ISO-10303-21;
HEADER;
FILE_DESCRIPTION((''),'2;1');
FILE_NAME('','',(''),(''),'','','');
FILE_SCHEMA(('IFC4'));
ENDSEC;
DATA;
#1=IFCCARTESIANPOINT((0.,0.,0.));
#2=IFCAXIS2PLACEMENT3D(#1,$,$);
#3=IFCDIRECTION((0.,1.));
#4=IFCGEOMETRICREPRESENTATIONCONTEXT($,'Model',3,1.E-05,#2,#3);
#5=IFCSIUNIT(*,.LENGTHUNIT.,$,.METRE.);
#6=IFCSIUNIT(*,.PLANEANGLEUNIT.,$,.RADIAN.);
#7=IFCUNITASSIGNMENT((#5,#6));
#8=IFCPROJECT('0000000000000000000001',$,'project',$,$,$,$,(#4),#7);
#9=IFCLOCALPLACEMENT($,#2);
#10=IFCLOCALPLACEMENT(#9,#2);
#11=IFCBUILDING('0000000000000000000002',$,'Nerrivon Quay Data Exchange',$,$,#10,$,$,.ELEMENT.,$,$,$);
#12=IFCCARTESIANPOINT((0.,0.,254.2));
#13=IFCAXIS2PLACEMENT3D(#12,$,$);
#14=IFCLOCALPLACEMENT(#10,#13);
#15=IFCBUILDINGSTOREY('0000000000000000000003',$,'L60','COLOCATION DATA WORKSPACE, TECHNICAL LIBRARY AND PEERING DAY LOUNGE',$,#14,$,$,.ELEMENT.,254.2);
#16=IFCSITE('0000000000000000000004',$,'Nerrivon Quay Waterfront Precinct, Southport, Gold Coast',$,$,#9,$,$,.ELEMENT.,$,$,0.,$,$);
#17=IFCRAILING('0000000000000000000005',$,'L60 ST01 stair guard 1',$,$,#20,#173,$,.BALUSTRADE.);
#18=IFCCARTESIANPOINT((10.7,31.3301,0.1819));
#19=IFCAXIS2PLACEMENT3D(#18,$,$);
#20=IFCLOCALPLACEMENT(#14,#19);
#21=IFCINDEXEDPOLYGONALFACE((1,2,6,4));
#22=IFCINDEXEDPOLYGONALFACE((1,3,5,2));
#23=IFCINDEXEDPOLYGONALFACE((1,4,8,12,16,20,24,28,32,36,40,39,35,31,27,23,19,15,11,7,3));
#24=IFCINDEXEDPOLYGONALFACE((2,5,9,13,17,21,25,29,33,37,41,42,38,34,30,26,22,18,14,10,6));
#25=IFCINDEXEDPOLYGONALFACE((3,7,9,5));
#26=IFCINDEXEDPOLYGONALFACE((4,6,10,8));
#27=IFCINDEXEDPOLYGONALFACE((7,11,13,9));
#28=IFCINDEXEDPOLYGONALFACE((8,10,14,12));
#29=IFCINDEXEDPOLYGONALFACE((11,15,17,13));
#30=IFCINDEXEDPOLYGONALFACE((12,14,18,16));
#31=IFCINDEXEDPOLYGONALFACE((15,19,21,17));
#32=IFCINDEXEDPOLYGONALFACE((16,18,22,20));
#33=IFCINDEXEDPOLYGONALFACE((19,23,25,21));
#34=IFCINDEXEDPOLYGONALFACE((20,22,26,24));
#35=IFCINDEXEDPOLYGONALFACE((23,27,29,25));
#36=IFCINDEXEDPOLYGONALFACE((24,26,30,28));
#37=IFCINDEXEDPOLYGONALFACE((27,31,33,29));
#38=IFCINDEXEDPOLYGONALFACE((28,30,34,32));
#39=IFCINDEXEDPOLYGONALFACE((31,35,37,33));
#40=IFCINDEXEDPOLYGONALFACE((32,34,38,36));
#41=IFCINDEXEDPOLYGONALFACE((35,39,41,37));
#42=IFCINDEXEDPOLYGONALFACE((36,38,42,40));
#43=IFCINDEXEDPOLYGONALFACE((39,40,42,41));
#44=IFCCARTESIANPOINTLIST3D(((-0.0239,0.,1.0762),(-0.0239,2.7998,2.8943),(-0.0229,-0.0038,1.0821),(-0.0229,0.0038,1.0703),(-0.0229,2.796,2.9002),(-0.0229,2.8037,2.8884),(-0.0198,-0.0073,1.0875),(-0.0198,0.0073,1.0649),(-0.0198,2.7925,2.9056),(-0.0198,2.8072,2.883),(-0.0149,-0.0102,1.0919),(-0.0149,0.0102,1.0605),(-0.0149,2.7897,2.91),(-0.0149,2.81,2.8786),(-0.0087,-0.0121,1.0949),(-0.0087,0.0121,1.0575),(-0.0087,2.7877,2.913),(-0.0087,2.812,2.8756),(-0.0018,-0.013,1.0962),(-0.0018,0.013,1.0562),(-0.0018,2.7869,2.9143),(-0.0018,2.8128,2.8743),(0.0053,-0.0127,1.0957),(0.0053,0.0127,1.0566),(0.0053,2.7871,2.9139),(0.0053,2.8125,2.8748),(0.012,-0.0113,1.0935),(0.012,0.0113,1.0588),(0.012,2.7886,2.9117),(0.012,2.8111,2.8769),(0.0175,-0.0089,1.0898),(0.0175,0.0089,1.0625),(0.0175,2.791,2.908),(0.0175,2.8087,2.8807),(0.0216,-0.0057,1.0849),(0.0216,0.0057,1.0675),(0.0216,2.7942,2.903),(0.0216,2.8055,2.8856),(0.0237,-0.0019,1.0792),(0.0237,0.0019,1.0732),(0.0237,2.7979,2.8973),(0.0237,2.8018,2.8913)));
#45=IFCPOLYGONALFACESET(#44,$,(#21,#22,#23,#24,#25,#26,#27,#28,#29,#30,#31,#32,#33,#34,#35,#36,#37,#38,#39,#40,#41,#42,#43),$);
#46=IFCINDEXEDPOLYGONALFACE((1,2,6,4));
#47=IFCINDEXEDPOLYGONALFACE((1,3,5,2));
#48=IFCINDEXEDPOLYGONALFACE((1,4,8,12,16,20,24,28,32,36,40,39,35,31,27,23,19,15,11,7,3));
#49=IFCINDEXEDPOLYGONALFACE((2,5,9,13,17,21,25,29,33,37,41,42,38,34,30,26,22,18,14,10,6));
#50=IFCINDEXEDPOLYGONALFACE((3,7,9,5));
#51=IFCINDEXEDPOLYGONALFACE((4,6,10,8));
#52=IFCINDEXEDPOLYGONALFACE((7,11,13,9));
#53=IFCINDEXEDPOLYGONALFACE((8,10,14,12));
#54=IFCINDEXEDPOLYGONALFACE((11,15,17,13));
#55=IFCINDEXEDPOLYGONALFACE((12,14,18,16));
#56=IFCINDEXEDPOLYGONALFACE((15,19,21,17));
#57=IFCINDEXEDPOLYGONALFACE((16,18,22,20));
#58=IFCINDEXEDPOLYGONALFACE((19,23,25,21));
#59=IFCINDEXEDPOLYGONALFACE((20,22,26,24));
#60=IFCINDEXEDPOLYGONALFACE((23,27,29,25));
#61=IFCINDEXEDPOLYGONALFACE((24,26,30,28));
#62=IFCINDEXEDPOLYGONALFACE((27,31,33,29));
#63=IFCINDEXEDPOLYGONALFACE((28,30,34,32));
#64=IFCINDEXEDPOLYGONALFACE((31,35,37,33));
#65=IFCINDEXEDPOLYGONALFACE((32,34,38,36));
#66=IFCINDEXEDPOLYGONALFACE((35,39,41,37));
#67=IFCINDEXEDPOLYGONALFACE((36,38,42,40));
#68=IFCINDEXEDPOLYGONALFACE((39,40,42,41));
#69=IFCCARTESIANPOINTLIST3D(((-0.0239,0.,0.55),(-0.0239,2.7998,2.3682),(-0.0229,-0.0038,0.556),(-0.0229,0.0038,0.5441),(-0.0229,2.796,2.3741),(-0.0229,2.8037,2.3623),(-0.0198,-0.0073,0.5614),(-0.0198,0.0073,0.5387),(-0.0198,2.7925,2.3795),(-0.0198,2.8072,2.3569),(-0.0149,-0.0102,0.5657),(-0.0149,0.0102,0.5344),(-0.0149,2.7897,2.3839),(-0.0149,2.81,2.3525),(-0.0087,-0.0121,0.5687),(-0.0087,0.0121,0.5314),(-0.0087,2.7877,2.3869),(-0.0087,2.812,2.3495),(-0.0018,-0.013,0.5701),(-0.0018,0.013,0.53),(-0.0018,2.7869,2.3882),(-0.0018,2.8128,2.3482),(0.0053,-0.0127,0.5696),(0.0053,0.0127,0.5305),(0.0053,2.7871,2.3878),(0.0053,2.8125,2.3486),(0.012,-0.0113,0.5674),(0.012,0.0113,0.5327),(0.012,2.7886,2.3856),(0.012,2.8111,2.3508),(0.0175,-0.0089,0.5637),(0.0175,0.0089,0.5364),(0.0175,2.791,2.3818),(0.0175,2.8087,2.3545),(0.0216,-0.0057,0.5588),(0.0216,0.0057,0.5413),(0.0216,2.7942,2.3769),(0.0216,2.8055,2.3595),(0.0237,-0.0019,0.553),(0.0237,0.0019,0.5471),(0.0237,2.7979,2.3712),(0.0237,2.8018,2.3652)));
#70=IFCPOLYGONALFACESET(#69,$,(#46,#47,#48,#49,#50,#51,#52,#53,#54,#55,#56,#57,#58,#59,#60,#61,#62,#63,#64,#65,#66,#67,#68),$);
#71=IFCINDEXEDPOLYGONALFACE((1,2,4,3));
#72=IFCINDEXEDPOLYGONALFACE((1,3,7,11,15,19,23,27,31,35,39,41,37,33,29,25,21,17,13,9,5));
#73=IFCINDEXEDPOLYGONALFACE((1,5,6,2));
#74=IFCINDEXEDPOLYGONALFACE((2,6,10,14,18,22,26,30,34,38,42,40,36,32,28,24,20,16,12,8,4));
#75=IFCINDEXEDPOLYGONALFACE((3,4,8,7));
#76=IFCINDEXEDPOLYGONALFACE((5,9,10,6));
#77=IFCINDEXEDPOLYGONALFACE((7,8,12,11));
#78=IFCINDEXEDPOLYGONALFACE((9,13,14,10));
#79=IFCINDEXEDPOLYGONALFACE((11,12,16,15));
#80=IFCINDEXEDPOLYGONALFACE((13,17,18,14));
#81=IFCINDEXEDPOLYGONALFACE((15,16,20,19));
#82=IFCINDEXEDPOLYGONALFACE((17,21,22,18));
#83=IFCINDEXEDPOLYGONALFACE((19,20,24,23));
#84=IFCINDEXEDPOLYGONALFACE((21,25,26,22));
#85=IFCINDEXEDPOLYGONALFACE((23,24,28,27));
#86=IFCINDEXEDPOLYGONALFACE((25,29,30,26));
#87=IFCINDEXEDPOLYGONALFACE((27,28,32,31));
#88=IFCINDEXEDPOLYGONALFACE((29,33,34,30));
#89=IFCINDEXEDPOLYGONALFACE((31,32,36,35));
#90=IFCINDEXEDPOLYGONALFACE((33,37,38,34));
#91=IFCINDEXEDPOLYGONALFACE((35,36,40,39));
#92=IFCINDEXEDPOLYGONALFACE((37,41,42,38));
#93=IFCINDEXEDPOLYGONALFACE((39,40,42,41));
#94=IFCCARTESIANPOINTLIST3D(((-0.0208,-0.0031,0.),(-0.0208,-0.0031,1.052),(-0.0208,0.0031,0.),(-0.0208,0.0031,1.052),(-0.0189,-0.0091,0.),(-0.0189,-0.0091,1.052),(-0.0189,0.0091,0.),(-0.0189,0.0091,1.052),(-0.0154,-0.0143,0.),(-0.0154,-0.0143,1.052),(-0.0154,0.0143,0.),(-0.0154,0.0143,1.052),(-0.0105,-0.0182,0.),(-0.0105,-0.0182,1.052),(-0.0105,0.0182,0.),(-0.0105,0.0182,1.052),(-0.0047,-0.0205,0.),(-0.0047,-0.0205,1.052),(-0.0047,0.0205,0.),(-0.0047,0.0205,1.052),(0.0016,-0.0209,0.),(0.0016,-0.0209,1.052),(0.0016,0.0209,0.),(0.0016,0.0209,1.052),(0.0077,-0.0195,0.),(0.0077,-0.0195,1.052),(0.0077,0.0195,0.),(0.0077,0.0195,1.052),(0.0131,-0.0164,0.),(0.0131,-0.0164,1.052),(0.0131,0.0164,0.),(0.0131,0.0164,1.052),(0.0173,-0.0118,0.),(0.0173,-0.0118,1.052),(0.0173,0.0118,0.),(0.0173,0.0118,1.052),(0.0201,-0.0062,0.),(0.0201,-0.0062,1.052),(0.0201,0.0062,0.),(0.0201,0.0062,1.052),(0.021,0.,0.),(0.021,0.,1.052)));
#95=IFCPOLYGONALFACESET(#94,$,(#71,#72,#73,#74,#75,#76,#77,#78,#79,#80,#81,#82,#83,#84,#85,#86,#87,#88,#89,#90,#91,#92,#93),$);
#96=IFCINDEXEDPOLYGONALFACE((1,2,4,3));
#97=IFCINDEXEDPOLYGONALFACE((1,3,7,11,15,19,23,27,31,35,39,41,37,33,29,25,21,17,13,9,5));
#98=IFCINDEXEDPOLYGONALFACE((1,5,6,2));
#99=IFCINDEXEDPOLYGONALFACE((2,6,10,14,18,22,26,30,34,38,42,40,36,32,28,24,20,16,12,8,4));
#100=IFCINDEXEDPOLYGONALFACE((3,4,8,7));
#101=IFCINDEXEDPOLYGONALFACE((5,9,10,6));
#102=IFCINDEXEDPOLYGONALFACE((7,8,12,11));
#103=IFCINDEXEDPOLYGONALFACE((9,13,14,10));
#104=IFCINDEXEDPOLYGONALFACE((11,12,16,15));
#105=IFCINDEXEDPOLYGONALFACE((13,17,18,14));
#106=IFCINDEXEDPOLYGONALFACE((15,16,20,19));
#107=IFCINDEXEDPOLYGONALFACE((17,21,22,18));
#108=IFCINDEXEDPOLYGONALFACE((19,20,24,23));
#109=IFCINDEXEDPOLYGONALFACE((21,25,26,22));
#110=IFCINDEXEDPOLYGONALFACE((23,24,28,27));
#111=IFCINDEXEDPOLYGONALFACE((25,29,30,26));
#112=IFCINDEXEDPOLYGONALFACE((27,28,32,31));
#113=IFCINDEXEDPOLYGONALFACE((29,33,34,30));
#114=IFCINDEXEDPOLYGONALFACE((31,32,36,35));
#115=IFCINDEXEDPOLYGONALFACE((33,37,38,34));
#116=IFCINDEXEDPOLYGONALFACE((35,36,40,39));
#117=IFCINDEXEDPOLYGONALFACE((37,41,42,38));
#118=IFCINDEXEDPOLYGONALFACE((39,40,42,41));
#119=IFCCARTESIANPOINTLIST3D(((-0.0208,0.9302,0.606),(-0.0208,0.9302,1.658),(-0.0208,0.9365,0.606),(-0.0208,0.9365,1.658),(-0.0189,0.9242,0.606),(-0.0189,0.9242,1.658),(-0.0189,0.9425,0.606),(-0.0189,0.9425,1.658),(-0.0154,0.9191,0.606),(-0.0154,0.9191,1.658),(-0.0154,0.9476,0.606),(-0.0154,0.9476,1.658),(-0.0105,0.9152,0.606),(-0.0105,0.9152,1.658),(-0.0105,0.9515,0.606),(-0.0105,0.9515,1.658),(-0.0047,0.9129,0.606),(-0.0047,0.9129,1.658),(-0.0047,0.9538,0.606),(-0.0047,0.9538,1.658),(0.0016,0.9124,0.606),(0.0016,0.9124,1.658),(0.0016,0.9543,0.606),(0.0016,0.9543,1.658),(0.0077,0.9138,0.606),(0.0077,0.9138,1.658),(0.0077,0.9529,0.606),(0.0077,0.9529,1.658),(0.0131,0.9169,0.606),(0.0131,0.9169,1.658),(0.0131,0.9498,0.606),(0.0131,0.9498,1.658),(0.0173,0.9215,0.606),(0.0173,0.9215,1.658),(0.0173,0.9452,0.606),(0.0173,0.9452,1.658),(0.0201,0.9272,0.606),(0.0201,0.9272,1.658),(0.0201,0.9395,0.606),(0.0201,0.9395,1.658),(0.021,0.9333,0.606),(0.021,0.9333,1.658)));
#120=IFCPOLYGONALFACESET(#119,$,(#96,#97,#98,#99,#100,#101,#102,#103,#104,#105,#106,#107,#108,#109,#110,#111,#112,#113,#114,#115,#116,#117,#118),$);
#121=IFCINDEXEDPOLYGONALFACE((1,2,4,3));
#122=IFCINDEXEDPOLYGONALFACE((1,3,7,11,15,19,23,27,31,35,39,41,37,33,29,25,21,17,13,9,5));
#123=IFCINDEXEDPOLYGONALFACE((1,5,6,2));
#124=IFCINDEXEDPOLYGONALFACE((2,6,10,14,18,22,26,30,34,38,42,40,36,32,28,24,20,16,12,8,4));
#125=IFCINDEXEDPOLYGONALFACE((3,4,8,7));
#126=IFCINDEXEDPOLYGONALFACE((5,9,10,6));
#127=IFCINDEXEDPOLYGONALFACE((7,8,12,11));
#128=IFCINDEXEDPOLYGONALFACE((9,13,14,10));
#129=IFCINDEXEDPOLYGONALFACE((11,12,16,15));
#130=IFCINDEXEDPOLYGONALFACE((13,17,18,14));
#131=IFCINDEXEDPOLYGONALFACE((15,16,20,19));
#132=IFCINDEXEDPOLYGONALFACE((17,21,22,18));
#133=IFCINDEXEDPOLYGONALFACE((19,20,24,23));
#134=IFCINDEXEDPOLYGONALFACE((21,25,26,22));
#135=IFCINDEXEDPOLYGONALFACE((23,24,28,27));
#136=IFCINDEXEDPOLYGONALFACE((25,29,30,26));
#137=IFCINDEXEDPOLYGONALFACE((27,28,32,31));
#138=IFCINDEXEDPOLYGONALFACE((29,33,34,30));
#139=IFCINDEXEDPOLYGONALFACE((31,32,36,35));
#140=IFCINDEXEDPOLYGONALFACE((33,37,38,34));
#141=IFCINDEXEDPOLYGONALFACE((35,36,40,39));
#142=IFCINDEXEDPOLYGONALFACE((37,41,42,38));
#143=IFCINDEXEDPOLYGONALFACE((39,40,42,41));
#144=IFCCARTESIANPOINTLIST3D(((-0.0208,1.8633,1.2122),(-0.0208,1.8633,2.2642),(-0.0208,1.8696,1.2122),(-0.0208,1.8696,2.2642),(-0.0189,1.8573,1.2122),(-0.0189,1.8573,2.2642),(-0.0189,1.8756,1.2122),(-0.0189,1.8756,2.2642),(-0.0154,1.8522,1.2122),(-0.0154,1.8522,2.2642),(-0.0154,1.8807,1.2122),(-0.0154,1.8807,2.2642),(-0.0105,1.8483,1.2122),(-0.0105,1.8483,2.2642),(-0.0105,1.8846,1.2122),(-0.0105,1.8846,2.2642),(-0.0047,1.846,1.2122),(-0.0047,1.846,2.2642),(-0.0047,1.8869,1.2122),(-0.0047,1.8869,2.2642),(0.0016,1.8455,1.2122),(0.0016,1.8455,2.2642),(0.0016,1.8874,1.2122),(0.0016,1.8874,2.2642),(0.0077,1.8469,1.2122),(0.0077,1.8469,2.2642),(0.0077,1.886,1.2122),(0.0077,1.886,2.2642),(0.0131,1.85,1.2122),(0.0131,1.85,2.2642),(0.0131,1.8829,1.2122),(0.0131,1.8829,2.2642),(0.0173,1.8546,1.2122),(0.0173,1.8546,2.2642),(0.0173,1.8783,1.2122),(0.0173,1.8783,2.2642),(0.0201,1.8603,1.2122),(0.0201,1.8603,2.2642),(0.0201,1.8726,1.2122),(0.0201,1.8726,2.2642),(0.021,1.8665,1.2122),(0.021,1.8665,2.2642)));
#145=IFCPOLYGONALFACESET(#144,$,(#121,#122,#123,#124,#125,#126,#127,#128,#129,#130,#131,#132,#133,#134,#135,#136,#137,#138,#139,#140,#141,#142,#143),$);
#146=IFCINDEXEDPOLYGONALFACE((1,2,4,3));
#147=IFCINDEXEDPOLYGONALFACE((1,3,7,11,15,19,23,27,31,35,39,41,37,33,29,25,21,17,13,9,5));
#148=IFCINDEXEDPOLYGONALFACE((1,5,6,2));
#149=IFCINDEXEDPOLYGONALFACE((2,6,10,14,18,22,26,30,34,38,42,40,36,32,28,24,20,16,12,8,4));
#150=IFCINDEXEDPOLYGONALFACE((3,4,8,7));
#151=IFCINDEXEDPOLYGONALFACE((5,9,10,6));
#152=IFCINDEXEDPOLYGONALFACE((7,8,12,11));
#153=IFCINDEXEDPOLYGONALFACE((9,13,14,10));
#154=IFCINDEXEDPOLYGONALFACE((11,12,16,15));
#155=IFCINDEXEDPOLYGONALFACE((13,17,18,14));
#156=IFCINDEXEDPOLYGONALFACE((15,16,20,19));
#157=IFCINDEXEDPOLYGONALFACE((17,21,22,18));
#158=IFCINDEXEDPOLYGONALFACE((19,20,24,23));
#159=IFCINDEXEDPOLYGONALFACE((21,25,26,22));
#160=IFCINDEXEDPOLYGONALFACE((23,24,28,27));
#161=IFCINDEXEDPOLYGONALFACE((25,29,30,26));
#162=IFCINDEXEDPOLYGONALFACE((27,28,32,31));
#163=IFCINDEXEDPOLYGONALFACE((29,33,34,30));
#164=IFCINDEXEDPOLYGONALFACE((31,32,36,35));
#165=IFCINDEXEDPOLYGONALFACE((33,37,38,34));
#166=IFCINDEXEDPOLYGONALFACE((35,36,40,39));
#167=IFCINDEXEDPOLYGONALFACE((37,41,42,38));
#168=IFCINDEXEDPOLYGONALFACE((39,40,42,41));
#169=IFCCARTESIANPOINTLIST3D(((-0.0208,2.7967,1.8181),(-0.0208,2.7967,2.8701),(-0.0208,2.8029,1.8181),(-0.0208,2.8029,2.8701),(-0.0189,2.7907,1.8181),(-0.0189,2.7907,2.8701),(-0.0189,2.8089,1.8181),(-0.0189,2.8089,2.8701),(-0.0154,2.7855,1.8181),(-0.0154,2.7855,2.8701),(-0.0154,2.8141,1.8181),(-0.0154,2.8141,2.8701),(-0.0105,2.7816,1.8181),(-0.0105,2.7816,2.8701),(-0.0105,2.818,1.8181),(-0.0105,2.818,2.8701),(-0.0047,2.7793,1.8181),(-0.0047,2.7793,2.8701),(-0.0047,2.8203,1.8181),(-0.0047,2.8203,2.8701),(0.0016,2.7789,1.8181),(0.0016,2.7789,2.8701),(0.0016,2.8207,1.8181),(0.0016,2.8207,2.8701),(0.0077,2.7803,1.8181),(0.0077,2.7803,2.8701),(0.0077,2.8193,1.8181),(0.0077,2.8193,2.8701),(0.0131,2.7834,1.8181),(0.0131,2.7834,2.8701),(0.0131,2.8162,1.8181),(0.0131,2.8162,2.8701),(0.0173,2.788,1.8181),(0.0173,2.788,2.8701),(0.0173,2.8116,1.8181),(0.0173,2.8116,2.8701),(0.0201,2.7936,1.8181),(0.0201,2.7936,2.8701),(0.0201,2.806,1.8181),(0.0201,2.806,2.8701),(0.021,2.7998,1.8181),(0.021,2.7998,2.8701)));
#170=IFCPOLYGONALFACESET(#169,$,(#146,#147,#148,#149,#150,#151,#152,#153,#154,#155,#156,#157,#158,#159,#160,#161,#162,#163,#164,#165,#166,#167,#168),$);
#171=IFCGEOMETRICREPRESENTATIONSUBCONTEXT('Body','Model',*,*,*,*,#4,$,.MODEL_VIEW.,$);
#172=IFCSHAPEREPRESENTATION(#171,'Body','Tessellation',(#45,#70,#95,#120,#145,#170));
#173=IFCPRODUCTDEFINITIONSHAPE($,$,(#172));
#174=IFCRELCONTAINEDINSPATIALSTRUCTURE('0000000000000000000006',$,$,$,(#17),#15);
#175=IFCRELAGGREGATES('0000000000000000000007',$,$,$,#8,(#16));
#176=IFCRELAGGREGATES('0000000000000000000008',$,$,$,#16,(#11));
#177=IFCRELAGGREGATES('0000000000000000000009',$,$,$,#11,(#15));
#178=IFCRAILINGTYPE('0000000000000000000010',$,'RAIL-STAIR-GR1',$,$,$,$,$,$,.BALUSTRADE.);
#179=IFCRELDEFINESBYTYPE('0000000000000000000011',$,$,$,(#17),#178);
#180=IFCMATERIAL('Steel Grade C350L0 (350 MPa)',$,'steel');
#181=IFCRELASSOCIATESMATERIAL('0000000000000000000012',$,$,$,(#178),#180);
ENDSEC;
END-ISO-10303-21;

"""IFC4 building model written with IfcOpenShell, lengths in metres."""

from ifc_helpers import new_model, si_unit, direction, frame, origin, origin_2d, place, context, subcontext, project, spatial, circle, extrude, material, type_object, element, save


model = new_model("IFC4")

# Units and contexts
model_context = context("Model", 3, precision=1e-05, world=origin(), true_north=direction((0.0, 1.0)))
body_context = subcontext(model_context, "Body", "Model", "MODEL_VIEW")
ifc_project = project(units=[si_unit("LENGTHUNIT", "METRE"), si_unit("PLANEANGLEUNIT", "RADIAN")], contexts=[model_context])

# Site, building, storey
site_placement = place(None, origin())
site = spatial("IfcSite", under=ifc_project, at=site_placement, Name="Nerrivon Quay Waterfront Precinct, Southport, Gold Coast", CompositionType="ELEMENT", RefElevation=0.0)
building_placement = place(site_placement, origin())
building = spatial("IfcBuilding", under=site, at=building_placement, Name="Nerrivon Quay Data Exchange", CompositionType="ELEMENT")
storey_placement = place(building_placement, frame((0.0, 0.0, 254.2)))
storey = spatial("IfcBuildingStorey", under=building, at=storey_placement, Name="L60", Description="COLOCATION DATA WORKSPACE, TECHNICAL LIBRARY AND PEERING DAY LOUNGE", CompositionType="ELEMENT", Elevation=254.2)

# Railing
ifc_material_1 = material(Name="Steel Grade C350L0 (350 MPa)", Category="steel")
railing_type_1 = type_object("IfcRailingType", Name="RAIL-STAIR-GR1", PredefinedType="BALUSTRADE", material=ifc_material_1)
railing_1_placement = place(storey_placement, frame((10.7, 31.3301, 0.1819)))
element("IfcRailing", 1, at=railing_1_placement, inside=storey, type_object=railing_type_1, Name="L60 ST01 stair guard 1", PredefinedType="BALUSTRADE", context=body_context, shape_type="SweptSolid", body=[
    extrude(circle(Radius=0.0239, at=origin_2d()), frame((0.0, 0.0, 1.0762), z_axis=(0.0, 0.838684, 0.544618), x_axis=(-1.0, 0.0, 0.0)), (0.0, 0.0, 1.0), 3.3384),
    extrude(circle(Radius=0.0239, at=origin_2d()), frame((0.0, 0.0, 0.55), z_axis=(0.0, 0.838684, 0.544618), x_axis=(-1.0, 0.0, 0.0)), (0.0, 0.0, 1.0), 3.3384),
    extrude(circle(Radius=0.021, at=origin_2d()), origin(), (0.0, 0.0, 1.0), 1.052),
    extrude(circle(Radius=0.021, at=origin_2d()), frame((0.0, 0.9333, 0.606)), (0.0, 0.0, 1.0), 1.052),
    extrude(circle(Radius=0.021, at=origin_2d()), frame((0.0, 1.8665, 1.2122)), (0.0, 0.0, 1.0), 1.052),
    extrude(circle(Radius=0.021, at=origin_2d()), frame((0.0, 2.7998, 1.8181)), (0.0, 0.0, 1.0), 1.052),
])

save(model, "model.ifc")
